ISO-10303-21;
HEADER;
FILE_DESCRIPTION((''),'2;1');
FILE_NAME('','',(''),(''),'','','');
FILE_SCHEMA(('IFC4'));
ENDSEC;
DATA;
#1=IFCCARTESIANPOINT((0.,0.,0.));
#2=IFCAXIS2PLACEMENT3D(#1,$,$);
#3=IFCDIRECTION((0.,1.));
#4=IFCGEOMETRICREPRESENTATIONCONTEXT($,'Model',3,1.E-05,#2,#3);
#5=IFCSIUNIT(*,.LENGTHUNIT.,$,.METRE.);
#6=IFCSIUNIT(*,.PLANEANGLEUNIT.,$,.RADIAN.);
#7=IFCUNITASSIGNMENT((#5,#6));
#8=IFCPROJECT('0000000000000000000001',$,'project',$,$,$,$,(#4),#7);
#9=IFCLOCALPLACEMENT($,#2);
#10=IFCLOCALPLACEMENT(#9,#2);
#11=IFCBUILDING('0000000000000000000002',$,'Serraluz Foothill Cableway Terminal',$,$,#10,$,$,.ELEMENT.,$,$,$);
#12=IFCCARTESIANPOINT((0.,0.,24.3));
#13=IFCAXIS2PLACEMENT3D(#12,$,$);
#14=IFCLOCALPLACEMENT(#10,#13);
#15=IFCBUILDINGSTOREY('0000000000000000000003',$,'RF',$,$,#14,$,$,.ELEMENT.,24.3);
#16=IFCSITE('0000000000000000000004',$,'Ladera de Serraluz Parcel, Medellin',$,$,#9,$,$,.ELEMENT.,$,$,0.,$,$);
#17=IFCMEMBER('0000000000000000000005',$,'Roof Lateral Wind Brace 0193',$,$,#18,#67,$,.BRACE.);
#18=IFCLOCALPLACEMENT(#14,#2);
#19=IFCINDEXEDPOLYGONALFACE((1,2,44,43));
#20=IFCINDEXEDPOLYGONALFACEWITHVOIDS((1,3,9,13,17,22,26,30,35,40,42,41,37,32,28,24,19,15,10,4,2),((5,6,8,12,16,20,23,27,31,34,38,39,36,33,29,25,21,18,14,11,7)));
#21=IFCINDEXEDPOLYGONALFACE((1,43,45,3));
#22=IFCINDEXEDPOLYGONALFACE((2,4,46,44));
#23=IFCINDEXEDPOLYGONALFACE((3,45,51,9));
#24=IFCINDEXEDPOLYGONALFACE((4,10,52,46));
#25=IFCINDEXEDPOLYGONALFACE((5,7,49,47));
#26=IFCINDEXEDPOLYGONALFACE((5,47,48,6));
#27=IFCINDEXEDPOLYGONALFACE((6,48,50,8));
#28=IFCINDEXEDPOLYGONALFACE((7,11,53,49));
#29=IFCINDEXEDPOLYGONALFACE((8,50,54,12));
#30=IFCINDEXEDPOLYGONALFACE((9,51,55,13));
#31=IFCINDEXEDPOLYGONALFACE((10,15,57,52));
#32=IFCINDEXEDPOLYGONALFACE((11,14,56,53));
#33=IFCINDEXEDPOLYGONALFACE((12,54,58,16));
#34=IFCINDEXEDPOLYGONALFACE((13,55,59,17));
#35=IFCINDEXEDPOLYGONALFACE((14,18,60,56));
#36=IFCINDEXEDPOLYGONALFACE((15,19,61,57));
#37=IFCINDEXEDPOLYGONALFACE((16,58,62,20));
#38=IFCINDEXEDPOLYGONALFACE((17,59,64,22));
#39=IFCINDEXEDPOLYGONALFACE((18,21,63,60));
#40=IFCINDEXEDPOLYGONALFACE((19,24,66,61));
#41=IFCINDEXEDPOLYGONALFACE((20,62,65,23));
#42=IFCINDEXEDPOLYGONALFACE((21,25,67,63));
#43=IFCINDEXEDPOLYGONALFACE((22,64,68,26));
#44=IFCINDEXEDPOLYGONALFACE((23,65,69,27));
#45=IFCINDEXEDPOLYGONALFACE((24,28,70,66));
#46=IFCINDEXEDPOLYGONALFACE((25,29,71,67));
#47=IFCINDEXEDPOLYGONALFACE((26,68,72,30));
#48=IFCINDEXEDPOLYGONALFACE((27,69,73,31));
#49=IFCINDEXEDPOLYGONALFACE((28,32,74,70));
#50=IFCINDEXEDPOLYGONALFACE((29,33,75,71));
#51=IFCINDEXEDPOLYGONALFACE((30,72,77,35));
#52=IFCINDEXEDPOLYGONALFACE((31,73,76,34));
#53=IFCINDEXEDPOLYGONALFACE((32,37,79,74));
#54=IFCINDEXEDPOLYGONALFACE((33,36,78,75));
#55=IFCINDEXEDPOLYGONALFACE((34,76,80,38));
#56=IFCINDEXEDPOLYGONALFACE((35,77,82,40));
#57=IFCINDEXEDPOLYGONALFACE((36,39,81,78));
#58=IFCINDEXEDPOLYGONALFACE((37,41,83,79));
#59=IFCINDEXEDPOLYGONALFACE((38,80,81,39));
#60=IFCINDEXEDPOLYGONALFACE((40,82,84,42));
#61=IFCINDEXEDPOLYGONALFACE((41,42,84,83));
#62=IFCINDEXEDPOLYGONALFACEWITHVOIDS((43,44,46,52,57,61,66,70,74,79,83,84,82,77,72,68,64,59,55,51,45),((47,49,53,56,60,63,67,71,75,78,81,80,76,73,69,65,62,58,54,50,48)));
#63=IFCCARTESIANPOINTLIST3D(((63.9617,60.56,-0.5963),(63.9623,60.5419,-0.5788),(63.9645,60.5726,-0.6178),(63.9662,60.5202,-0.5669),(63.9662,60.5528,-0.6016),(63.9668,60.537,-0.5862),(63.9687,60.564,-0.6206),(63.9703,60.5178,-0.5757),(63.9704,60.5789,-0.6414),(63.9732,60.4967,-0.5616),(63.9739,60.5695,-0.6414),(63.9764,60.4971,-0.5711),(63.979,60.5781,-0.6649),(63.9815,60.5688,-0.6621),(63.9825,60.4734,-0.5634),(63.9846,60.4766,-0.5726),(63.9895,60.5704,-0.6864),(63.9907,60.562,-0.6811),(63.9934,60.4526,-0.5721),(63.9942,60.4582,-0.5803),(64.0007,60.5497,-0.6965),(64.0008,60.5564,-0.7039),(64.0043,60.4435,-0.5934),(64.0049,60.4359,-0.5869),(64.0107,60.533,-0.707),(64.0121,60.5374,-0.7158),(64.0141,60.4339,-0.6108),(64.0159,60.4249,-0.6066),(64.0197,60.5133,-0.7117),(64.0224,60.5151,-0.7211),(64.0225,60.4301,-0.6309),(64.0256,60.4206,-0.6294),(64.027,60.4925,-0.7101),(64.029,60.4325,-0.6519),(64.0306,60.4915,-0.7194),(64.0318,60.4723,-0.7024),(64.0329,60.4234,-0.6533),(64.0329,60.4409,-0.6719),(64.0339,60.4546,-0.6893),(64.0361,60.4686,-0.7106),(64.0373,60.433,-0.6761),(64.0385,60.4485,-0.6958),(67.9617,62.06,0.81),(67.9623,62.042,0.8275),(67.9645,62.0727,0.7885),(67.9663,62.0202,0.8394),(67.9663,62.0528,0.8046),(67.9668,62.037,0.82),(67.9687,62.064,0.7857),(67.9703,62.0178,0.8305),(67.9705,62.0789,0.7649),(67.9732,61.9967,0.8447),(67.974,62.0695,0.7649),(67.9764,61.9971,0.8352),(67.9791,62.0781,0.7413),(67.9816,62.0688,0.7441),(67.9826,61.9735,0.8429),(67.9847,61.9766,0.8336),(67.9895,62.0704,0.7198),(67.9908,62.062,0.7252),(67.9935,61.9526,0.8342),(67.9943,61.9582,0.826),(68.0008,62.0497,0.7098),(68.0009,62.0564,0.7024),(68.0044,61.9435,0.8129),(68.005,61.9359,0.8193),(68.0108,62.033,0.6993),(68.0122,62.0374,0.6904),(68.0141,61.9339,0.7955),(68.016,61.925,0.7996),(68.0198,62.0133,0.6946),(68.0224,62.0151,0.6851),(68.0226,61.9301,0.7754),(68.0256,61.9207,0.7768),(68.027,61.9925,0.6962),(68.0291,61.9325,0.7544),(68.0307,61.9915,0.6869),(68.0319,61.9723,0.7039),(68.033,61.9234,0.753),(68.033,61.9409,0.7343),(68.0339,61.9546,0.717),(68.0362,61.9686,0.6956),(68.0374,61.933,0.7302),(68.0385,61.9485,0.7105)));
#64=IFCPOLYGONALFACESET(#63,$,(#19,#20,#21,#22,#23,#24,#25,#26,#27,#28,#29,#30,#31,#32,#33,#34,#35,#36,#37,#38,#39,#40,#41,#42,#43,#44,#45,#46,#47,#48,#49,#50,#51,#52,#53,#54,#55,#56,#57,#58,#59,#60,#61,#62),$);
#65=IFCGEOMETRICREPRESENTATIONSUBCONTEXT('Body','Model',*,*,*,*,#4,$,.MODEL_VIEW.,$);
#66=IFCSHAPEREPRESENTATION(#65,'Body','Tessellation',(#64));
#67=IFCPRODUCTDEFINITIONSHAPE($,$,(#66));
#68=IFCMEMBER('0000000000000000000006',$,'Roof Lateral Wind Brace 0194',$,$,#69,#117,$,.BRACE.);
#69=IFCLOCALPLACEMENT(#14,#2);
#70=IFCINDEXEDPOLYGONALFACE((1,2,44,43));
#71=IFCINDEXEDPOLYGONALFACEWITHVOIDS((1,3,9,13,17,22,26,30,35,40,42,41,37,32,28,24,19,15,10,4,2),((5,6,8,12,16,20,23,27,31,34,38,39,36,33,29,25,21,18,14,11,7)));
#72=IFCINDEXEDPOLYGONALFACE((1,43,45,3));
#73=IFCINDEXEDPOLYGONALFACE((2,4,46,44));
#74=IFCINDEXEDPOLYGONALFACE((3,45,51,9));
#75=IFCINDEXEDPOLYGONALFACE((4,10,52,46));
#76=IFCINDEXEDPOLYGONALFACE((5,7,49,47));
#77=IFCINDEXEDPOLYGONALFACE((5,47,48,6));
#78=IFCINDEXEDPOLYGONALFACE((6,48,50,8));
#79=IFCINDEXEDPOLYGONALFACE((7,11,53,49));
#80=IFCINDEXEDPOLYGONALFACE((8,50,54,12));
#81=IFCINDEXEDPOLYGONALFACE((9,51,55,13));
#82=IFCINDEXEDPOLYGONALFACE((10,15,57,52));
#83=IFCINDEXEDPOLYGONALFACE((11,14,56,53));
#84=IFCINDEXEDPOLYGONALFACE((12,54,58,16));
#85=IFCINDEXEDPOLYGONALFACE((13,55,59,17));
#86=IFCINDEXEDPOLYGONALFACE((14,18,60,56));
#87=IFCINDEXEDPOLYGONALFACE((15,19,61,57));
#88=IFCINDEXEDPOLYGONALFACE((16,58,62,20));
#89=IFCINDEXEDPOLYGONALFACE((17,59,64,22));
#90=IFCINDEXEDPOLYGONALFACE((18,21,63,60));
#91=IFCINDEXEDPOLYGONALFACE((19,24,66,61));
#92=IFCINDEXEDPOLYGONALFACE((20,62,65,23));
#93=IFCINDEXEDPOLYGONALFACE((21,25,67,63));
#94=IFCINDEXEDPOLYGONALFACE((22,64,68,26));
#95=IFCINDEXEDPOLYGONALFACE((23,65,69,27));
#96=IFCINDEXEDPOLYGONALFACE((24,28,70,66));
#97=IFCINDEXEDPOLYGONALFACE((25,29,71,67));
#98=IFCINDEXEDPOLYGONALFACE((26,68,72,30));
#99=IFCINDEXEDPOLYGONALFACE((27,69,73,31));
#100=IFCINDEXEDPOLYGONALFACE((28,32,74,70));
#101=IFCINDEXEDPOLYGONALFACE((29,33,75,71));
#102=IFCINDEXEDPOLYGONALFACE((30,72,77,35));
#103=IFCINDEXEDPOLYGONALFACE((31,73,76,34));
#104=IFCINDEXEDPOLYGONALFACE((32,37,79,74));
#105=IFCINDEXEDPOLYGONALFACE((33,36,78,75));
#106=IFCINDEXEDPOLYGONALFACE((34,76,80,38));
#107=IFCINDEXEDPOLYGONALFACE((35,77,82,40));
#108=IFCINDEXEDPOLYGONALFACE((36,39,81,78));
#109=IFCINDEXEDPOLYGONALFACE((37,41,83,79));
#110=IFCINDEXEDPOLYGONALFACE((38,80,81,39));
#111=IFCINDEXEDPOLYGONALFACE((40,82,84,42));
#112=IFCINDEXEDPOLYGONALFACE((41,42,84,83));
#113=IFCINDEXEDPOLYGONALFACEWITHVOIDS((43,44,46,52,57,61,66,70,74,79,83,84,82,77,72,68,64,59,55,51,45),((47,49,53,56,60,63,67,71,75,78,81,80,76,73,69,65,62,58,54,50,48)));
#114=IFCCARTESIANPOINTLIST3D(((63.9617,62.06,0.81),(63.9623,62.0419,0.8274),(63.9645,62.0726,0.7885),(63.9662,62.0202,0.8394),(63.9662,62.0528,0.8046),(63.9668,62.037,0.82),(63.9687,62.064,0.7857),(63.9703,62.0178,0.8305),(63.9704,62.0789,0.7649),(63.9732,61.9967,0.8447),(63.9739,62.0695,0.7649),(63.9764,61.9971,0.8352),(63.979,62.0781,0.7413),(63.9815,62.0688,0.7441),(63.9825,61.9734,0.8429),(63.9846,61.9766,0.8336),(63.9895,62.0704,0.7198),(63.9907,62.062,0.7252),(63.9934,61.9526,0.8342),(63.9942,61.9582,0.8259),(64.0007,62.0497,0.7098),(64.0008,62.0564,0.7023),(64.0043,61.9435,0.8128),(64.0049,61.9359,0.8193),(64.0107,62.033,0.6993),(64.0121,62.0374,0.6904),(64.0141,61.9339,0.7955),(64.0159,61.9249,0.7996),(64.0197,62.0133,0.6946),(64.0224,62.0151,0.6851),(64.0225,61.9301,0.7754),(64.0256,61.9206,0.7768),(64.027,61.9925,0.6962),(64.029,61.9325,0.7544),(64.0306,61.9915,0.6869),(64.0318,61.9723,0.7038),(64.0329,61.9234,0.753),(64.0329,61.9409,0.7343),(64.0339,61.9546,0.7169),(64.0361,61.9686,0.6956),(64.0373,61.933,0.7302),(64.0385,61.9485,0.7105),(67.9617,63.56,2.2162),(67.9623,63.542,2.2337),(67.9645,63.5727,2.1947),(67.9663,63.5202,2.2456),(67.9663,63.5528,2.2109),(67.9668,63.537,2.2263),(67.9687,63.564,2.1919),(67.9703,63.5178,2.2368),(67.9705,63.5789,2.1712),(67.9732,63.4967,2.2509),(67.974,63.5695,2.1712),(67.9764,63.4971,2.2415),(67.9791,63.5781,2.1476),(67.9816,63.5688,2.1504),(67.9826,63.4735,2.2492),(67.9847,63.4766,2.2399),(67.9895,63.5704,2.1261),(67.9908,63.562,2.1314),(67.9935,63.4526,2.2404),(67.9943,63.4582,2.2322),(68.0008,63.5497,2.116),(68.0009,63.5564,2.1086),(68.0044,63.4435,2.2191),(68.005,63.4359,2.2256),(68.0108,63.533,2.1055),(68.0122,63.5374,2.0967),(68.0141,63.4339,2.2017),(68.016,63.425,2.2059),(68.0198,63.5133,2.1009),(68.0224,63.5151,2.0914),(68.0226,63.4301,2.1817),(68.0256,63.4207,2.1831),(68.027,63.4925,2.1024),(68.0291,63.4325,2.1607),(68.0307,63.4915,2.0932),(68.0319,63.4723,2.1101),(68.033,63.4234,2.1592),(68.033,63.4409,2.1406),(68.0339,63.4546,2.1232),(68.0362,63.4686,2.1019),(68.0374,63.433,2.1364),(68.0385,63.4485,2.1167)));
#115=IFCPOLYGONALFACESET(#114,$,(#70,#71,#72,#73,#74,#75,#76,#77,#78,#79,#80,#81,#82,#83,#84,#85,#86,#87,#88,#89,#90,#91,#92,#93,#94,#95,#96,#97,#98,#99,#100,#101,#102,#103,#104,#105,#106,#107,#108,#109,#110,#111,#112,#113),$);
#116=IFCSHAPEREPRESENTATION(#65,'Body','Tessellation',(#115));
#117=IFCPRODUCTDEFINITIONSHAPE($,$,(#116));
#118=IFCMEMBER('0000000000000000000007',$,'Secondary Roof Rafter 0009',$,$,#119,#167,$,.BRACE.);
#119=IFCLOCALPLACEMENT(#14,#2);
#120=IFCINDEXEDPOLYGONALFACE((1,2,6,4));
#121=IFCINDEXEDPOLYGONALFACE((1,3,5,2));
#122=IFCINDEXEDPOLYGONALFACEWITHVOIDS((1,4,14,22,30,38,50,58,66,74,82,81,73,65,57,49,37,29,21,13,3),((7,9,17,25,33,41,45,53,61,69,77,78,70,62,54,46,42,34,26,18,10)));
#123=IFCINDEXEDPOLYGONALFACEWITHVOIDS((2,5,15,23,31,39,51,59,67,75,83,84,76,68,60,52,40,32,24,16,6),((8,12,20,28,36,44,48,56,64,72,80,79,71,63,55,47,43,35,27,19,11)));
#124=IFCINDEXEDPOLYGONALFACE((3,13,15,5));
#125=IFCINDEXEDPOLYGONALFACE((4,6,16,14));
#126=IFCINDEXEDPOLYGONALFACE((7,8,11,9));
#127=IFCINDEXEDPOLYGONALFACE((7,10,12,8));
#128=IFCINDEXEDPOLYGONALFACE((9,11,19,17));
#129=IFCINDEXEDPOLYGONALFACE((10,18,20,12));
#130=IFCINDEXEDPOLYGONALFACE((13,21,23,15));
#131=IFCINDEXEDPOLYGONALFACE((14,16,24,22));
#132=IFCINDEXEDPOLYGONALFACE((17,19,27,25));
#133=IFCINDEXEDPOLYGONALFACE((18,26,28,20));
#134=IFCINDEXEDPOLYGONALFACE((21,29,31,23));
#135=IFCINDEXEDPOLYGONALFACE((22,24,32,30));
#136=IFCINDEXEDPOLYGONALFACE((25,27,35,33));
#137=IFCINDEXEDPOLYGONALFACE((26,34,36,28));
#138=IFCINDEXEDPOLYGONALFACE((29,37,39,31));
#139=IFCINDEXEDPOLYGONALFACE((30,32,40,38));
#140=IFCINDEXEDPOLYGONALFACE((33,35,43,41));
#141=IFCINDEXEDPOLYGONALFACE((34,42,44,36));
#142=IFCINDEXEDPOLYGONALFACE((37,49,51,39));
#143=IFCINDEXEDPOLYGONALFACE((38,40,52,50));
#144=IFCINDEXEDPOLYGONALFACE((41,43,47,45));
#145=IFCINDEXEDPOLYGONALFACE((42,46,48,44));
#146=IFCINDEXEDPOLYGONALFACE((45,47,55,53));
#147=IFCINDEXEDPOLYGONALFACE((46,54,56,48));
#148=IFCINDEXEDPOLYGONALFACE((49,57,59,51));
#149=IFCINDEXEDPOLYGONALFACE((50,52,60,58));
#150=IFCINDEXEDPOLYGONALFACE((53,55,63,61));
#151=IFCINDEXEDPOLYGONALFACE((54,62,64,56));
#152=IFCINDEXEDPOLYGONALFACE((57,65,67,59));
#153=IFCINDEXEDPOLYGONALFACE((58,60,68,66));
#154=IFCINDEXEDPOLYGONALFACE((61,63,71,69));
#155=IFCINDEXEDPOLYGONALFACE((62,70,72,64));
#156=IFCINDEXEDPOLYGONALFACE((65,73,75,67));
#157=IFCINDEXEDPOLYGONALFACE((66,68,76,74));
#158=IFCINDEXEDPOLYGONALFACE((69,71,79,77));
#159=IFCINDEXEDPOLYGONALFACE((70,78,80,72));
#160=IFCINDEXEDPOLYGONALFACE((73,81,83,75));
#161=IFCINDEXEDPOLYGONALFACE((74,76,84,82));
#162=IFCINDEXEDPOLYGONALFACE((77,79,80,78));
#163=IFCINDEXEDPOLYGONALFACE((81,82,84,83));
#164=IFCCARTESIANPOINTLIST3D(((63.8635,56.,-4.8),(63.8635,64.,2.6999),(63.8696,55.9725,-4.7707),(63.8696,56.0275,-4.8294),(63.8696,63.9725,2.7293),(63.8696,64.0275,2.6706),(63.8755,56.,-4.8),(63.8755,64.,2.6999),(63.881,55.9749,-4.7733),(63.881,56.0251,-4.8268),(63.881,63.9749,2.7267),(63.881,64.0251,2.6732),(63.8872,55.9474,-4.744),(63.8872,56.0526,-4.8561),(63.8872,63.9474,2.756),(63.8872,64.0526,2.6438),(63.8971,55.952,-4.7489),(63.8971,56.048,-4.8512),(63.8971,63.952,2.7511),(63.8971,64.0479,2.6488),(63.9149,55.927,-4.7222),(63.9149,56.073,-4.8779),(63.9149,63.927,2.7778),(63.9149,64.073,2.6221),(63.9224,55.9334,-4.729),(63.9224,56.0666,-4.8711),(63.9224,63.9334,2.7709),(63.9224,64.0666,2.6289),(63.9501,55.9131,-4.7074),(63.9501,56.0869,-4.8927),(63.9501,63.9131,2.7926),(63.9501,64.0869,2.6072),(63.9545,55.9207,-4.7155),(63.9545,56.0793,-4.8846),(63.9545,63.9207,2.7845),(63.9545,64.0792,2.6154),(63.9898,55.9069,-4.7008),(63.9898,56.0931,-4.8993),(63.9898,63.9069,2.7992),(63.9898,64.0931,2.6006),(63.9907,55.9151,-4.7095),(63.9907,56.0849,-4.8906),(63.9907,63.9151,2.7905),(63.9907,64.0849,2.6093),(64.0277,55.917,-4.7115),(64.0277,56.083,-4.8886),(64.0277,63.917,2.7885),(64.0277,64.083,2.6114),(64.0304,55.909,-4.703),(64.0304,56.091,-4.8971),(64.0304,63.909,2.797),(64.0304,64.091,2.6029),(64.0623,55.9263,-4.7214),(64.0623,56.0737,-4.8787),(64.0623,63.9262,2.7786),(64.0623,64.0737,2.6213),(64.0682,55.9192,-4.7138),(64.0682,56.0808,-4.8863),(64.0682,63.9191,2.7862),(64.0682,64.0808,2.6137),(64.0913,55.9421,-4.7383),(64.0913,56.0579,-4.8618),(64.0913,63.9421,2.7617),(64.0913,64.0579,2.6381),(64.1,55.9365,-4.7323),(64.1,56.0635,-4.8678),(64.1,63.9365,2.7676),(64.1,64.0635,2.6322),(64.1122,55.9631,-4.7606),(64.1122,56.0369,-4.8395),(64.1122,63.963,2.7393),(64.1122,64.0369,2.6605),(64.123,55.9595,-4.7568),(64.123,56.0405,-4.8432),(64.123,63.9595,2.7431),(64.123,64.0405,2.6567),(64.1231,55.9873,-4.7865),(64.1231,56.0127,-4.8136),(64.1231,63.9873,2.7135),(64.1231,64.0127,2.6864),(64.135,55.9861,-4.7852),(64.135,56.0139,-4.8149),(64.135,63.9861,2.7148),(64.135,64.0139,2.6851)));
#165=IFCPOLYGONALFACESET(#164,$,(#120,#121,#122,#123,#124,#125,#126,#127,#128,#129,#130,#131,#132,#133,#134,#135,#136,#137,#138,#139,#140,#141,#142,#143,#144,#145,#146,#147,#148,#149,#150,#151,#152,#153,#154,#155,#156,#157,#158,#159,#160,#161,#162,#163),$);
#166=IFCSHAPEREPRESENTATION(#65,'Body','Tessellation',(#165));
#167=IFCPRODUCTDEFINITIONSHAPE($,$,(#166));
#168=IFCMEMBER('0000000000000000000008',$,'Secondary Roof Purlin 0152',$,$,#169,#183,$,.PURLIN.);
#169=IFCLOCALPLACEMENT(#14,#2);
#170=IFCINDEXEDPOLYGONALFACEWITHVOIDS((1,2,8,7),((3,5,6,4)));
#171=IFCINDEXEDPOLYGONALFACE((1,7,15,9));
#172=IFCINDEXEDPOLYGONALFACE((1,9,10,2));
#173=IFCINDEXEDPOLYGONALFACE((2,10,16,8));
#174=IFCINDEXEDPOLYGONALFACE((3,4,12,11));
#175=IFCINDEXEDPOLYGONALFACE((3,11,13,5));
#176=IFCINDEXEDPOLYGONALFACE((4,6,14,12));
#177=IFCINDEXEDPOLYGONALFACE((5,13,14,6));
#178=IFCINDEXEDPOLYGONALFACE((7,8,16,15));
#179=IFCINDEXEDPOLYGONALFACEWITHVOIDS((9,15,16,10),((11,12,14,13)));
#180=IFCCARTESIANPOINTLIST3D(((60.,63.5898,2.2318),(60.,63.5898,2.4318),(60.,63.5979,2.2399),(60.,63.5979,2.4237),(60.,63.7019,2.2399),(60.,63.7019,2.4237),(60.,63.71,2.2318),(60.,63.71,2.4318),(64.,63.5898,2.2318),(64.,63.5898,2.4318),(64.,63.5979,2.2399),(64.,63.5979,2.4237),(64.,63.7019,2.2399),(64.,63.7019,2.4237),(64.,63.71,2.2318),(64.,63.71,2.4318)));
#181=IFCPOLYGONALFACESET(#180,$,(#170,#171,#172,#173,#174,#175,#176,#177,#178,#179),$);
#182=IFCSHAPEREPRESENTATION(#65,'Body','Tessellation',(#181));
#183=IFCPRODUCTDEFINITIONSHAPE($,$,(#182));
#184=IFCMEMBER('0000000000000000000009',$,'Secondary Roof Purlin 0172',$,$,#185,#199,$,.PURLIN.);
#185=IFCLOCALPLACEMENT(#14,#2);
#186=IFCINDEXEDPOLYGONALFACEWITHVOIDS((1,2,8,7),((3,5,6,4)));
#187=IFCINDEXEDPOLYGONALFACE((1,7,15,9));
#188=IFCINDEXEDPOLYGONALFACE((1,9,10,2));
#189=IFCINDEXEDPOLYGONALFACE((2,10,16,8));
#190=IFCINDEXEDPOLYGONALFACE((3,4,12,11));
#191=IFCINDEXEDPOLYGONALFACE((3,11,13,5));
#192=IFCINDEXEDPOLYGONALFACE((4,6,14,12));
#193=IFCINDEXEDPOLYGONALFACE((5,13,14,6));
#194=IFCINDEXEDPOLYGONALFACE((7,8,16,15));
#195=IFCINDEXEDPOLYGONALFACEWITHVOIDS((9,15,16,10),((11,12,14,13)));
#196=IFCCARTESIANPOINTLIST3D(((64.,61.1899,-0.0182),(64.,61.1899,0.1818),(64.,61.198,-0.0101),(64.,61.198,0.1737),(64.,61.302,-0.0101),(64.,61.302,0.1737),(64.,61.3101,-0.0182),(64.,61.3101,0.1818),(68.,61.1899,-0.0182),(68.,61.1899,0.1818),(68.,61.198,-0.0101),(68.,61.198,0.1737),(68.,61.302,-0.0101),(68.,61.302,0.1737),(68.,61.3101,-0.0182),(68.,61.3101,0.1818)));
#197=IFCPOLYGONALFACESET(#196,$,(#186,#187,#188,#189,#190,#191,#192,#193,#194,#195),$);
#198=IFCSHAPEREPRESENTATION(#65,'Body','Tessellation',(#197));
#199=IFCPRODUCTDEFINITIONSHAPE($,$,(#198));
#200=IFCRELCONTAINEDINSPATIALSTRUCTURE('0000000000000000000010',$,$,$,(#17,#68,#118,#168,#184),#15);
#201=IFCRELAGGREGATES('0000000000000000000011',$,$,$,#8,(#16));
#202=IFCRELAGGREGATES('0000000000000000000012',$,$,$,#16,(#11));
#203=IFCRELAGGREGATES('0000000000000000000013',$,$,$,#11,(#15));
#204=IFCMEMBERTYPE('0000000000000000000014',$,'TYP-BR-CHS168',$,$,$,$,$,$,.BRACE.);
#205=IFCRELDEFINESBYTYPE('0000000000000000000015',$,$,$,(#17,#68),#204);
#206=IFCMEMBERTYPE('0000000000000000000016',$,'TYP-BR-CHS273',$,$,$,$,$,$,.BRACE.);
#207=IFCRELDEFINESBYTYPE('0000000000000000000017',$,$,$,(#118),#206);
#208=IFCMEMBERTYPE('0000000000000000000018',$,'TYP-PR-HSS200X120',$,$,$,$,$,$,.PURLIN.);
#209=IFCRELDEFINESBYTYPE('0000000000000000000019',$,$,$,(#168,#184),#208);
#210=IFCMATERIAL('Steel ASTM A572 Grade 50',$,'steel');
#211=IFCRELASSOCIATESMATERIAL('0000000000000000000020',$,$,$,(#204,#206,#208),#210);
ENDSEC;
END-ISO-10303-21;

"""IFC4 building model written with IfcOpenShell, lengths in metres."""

from ifc_helpers import new_model, si_unit, direction, frame, origin, origin_2d, place, context, subcontext, project, spatial, hollow_rectangle, hollow_circle, extrude, material, material_profile, profile_set, type_object, element, save


model = new_model("IFC4")

# Units and contexts
model_context = context("Model", 3, precision=1e-05, world=origin(), true_north=direction((0.0, 1.0)))
body_context = subcontext(model_context, "Body", "Model", "MODEL_VIEW")
ifc_project = project(units=[si_unit("LENGTHUNIT", "METRE"), si_unit("PLANEANGLEUNIT", "RADIAN")], contexts=[model_context])

# Site, building, storey
site_placement = place(None, origin())
site = spatial("IfcSite", under=ifc_project, at=site_placement, Name="Ladera de Serraluz Parcel, Medellin", CompositionType="ELEMENT", RefElevation=0.0)
building_placement = place(site_placement, origin())
building = spatial("IfcBuilding", under=site, at=building_placement, Name="Serraluz Foothill Cableway Terminal", CompositionType="ELEMENT")
storey_placement = place(building_placement, frame((0.0, 0.0, 24.3)))
storey = spatial("IfcBuildingStorey", under=building, at=storey_placement, Name="RF", CompositionType="ELEMENT", Elevation=24.3)

# Members
ifc_material_1 = material(Name="Steel ASTM A572 Grade 50", Category="steel")
ifc_material_profile_1 = material_profile(ifc_material_1, hollow_circle(Radius=0.0842, WallThickness=0.01, at=origin_2d()), Name="CHS168X10")
ifc_profile_set_1 = profile_set([ifc_material_profile_1], Name="Steel ASTM A572 Grade 50")
member_type_1 = type_object("IfcMemberType", Name="TYP-BR-CHS168", PredefinedType="BRACE", material=ifc_profile_set_1)
for number, where, z_axis, x_axis, name in (
    (1, (64.0, 60.5, -0.6414), (0.889382, 0.333518, 0.312673), (-0.351123, 0.936329, 0.0), "Roof Lateral Wind Brace 0193"),
    (2, (64.0, 62.0, 0.7649), (0.889382, 0.333518, 0.312673), (-0.351123, 0.936329, 0.0), "Roof Lateral Wind Brace 0194"),
):
    element("IfcMember", number, at=place(storey_placement, frame(where, z_axis=z_axis, x_axis=x_axis)), inside=storey, type_object=member_type_1, Name=name, PredefinedType="BRACE", context=body_context, shape_type="SweptSolid", body=[
        extrude(hollow_circle(Radius=0.0842, WallThickness=0.01, at=origin_2d()), origin(), (0.0, 0.0, 1.0), 4.4976),
    ])
ifc_material_profile_2 = material_profile(ifc_material_1, hollow_circle(Radius=0.1365, WallThickness=0.012, at=origin_2d()), Name="CHS273X12")
ifc_profile_set_2 = profile_set([ifc_material_profile_2], Name="Steel ASTM A572 Grade 50")
member_type_2 = type_object("IfcMemberType", Name="TYP-BR-CHS273", PredefinedType="BRACE", material=ifc_profile_set_2)
member_placement = place(storey_placement, frame((64.0, 56.0, -4.8), z_axis=(0.0, 0.729537, 0.683941), x_axis=(-1.0, 0.0, 0.0)))
element("IfcMember", 3, at=member_placement, inside=storey, type_object=member_type_2, Name="Secondary Roof Rafter 0009", PredefinedType="BRACE", context=body_context, shape_type="SweptSolid", body=[
    extrude(hollow_circle(Radius=0.1365, WallThickness=0.012, at=origin_2d()), origin(), (0.0, 0.0, 1.0), 10.9658),
])
ifc_material_profile_3 = material_profile(ifc_material_1, hollow_rectangle(XDim=0.1201, YDim=0.2, WallThickness=0.0081, at=origin_2d()), Name="HSS200X120X8")
ifc_profile_set_3 = profile_set([ifc_material_profile_3], Name="Steel ASTM A572 Grade 50")
member_type_3 = type_object("IfcMemberType", Name="TYP-PR-HSS200X120", PredefinedType="PURLIN", material=ifc_profile_set_3)
for number, where, z_axis, x_axis, name in (
    (4, (60.0, 63.6499, 2.3318), (1.0, 0.0, 0.0), (0.0, 1.0, 0.0), "Secondary Roof Purlin 0152"),
    (5, (64.0, 61.25, 0.0818), (1.0, 0.0, 0.0), (0.0, 1.0, 0.0), "Secondary Roof Purlin 0172"),
):
    element("IfcMember", number, at=place(storey_placement, frame(where, z_axis=z_axis, x_axis=x_axis)), inside=storey, type_object=member_type_3, Name=name, PredefinedType="PURLIN", context=body_context, shape_type="SweptSolid", body=[
        extrude(hollow_rectangle(XDim=0.1201, YDim=0.2, WallThickness=0.0081, at=origin_2d()), origin(), (0.0, 0.0, 1.0), 4.0),
    ])

save(model, "model.ifc")
